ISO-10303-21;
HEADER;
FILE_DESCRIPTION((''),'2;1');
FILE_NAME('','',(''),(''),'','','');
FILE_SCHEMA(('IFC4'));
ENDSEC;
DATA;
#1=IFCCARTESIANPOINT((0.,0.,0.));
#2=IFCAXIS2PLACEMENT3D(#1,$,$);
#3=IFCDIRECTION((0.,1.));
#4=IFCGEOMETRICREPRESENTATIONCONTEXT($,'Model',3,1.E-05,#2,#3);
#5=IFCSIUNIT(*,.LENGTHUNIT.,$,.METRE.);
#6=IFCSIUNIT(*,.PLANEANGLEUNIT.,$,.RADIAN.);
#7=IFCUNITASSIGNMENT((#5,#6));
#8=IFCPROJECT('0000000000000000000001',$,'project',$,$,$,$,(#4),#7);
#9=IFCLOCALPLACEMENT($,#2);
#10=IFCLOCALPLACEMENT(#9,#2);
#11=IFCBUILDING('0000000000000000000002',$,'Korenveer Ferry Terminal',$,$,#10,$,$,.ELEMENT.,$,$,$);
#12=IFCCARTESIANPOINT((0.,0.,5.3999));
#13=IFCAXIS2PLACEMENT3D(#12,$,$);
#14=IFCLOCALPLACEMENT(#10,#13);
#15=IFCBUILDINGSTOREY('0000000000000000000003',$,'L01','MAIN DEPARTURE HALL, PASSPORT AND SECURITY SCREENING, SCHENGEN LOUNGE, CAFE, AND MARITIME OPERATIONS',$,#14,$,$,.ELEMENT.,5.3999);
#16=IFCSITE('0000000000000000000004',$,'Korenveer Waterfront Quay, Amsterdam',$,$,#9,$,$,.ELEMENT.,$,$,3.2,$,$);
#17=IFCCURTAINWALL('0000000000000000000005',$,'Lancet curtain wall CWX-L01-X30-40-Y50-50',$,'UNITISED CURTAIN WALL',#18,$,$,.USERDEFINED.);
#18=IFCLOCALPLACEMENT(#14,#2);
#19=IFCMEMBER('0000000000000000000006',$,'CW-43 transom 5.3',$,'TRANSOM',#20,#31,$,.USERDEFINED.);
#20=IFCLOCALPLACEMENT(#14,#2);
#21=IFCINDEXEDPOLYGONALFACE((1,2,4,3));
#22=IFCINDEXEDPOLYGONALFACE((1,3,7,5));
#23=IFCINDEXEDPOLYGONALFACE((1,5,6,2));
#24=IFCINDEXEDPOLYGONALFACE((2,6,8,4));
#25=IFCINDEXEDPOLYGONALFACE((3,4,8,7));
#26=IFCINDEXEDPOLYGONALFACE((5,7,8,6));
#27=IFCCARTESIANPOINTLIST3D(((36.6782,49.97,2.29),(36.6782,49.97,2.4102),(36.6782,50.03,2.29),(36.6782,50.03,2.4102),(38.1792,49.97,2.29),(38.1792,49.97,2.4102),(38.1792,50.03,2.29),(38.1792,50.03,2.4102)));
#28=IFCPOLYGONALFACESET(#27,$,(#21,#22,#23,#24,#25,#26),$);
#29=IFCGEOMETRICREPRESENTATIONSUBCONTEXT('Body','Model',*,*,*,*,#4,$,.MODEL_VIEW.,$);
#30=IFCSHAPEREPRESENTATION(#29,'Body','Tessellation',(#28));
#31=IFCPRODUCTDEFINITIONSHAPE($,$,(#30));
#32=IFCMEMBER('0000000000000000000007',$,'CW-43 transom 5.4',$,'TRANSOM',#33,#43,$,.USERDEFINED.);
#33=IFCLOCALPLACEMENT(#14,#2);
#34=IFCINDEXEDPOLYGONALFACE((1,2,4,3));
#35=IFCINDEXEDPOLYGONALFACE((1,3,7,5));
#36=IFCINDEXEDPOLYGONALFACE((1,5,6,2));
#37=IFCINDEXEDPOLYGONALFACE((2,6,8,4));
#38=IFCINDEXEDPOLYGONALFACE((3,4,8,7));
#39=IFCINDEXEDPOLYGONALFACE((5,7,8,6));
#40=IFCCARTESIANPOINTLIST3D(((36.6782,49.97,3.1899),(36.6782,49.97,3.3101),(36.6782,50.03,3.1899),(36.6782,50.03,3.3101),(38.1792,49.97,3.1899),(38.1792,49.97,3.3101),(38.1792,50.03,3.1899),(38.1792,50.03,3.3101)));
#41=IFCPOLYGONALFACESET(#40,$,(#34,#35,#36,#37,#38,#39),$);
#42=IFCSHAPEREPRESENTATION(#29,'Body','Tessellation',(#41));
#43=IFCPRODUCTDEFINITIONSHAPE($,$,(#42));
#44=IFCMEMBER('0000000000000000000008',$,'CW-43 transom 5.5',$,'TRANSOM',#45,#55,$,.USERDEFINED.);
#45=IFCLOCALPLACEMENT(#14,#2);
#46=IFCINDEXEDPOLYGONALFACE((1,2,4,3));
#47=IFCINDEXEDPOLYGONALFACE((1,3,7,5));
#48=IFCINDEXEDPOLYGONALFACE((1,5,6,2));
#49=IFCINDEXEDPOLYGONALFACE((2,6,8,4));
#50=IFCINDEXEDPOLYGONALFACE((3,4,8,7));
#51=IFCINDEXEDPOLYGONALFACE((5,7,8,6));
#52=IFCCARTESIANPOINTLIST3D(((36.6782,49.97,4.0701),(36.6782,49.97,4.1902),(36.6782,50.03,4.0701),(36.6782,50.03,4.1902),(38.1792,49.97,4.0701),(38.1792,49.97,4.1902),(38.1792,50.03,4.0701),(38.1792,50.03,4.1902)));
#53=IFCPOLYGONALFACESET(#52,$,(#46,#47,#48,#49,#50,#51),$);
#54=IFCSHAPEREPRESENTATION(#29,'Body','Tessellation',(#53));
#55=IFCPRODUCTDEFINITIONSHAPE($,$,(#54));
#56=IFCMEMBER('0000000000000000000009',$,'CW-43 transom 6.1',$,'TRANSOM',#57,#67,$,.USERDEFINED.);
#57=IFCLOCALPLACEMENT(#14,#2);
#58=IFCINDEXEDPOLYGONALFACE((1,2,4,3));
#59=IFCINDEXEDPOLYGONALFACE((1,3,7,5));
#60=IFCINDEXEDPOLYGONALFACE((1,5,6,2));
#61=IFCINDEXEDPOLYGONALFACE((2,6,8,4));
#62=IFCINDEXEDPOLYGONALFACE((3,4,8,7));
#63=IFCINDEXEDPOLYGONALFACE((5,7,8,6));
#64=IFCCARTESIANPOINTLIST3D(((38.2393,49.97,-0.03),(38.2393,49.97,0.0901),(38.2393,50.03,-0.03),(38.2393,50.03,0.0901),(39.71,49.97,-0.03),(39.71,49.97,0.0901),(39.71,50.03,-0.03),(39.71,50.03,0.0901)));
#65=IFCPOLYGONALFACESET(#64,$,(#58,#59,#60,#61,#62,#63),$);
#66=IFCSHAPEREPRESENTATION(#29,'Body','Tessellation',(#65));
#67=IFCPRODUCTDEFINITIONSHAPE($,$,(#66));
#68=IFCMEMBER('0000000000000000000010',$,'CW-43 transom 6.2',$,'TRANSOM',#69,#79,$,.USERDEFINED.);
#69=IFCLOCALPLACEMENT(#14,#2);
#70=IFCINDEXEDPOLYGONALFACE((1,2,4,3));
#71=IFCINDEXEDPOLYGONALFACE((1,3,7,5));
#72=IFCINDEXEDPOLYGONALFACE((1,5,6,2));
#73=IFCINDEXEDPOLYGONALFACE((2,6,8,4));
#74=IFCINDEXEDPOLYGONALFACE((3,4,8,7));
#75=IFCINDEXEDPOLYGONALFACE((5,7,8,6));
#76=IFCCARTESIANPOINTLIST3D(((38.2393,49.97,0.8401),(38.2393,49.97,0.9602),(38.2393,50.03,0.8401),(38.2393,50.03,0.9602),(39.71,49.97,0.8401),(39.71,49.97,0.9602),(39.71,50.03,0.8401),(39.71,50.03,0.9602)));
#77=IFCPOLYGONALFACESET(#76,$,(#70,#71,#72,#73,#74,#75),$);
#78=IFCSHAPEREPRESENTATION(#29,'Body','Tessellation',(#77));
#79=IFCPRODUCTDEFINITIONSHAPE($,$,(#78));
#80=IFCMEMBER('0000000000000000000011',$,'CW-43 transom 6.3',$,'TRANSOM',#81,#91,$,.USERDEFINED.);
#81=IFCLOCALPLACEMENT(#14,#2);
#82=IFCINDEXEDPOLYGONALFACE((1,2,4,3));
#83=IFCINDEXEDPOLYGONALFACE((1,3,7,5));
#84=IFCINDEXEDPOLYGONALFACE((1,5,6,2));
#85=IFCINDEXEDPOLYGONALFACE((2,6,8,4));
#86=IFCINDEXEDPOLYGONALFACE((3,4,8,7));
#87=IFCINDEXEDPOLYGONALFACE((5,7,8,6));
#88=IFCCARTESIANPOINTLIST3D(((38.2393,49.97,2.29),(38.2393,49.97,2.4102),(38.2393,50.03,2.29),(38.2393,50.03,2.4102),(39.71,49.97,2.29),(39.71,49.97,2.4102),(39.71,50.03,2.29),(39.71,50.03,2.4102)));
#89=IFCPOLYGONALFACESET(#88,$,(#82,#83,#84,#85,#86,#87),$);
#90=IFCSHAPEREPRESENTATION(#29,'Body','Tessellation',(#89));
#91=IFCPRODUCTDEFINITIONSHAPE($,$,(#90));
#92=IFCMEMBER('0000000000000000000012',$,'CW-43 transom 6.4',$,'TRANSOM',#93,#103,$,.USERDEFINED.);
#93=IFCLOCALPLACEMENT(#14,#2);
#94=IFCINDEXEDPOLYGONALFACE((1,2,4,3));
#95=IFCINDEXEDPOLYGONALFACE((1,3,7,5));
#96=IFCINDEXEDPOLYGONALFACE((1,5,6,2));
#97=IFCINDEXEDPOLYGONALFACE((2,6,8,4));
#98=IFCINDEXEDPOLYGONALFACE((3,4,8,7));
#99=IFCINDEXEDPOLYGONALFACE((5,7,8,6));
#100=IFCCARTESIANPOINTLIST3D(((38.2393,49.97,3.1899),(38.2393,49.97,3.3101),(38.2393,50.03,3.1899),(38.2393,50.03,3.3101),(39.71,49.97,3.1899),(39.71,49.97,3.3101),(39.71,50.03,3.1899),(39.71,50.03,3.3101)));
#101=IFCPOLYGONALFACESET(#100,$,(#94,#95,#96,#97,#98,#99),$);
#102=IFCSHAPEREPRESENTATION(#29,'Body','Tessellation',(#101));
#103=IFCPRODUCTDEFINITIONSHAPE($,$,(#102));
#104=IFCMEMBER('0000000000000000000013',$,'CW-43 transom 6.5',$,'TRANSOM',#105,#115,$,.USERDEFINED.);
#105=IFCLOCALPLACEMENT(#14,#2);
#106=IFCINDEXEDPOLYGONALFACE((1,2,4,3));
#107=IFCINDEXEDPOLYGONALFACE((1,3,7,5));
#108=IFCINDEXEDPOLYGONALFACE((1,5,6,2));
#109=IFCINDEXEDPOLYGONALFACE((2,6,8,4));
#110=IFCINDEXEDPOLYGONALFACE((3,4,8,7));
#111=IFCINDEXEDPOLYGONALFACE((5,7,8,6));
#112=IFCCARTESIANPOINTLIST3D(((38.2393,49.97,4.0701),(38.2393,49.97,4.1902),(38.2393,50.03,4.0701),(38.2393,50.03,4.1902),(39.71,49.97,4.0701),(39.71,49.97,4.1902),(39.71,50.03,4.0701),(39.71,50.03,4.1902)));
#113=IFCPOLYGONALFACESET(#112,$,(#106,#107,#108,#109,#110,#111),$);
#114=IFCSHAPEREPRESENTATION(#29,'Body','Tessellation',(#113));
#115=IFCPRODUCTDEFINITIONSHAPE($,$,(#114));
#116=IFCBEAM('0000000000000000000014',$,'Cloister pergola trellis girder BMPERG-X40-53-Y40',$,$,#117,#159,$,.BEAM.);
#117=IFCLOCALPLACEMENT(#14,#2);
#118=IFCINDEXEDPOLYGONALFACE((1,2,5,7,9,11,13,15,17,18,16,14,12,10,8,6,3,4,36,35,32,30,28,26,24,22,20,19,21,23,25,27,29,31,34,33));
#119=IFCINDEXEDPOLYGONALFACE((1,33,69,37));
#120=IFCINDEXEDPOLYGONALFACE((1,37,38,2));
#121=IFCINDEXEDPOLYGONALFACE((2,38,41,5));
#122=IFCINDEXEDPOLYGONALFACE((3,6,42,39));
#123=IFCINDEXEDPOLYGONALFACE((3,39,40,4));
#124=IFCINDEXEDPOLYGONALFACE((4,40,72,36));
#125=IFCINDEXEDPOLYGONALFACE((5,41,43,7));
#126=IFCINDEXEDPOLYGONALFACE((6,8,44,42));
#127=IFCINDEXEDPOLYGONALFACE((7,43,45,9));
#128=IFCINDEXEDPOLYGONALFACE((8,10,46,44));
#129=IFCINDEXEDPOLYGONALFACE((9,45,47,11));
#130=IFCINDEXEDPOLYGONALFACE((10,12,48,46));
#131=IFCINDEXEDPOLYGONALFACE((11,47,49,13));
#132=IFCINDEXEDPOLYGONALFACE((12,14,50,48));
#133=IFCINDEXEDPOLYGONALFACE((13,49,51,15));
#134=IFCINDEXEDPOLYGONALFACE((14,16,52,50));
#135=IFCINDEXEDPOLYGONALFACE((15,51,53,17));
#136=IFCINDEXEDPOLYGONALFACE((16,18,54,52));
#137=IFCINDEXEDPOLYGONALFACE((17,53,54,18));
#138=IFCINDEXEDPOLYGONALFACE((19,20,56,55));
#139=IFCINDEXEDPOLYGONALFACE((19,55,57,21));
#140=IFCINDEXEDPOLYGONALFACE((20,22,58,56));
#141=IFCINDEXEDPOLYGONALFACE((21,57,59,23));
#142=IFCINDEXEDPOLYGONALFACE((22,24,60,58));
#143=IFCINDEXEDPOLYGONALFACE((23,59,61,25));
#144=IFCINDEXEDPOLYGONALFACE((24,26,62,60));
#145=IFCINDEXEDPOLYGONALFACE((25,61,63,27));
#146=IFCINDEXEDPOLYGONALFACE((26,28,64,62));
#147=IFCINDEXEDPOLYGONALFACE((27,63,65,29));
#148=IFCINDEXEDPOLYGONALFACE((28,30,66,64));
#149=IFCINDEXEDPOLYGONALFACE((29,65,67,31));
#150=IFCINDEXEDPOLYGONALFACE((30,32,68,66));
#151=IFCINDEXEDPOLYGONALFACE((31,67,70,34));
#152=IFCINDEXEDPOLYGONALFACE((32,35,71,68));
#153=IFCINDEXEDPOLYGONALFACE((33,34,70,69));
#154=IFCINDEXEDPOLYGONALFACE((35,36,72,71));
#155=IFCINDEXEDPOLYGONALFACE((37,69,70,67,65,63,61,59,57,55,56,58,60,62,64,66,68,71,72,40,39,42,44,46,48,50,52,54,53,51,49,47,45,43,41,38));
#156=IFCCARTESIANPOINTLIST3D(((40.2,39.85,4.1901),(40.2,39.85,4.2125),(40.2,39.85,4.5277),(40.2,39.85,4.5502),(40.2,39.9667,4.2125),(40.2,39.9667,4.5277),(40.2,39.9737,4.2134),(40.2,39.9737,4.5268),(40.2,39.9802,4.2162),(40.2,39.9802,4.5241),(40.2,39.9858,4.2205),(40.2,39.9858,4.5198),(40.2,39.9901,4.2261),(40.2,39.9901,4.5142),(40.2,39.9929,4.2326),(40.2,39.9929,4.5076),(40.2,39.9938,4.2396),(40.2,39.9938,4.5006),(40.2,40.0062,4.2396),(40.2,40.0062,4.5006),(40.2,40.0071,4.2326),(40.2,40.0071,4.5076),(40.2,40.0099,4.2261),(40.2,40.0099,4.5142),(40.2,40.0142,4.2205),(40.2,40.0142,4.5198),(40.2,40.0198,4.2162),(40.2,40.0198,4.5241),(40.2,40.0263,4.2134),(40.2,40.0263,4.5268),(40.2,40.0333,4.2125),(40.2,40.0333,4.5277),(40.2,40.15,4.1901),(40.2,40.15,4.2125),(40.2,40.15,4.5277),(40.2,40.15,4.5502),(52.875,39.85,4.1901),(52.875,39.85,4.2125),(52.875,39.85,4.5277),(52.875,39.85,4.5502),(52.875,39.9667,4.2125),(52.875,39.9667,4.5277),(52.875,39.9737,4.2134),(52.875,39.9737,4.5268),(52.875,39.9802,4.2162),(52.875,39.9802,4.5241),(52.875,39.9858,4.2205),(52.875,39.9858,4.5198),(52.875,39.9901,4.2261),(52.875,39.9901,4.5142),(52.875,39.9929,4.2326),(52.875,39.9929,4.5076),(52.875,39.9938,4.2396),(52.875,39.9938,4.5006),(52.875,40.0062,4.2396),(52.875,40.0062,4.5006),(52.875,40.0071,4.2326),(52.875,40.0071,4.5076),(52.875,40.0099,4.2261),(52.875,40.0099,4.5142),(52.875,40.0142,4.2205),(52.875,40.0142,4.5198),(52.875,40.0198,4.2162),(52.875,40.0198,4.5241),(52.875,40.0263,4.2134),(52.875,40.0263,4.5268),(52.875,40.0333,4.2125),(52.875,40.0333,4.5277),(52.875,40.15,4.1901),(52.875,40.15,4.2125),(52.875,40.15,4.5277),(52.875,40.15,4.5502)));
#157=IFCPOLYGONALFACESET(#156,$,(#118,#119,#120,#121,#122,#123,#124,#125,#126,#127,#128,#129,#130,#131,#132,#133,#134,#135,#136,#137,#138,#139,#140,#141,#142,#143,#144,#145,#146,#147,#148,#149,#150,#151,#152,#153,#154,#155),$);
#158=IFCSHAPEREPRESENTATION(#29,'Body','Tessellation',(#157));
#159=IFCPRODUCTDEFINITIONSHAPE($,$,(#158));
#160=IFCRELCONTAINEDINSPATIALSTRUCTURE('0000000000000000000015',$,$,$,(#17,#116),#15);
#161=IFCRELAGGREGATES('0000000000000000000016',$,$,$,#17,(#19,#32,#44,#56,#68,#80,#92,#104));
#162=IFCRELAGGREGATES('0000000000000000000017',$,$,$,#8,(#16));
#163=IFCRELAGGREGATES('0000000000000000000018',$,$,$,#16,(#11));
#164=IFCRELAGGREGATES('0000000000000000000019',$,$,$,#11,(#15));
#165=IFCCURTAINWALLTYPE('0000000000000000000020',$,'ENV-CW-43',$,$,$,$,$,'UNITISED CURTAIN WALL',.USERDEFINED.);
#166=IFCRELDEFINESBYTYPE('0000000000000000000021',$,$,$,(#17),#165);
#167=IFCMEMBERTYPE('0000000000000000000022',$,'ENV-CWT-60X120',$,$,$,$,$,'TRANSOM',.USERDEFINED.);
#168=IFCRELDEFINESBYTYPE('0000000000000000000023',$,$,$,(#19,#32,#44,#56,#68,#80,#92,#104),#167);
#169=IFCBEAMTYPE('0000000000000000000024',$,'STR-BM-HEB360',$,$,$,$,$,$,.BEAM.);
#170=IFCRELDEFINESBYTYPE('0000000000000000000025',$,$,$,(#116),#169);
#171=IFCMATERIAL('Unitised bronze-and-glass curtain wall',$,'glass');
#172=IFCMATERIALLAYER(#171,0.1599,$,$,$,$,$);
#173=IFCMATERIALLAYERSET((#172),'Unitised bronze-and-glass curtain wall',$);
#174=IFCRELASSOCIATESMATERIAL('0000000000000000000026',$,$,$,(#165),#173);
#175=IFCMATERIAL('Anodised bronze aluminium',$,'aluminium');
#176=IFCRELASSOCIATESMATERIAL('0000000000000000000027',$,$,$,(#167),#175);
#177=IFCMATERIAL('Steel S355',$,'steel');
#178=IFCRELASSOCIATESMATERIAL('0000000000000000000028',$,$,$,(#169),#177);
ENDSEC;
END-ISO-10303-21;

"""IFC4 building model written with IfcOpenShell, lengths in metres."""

from ifc_helpers import new_model, si_unit, direction, frame, origin, origin_2d, place, context, subcontext, project, spatial, rectangle, i_section, extrude, material, layer, layer_set, material_profile, profile_set, type_object, element, aggregate, save


model = new_model("IFC4")

# Units and contexts
model_context = context("Model", 3, precision=1e-05, world=origin(), true_north=direction((0.0, 1.0)))
body_context = subcontext(model_context, "Body", "Model", "MODEL_VIEW")
ifc_project = project(units=[si_unit("LENGTHUNIT", "METRE"), si_unit("PLANEANGLEUNIT", "RADIAN")], contexts=[model_context])

# Site, building, storey
site_placement = place(None, origin())
site = spatial("IfcSite", under=ifc_project, at=site_placement, Name="Korenveer Waterfront Quay, Amsterdam", CompositionType="ELEMENT", RefElevation=3.2)
building_placement = place(site_placement, origin())
building = spatial("IfcBuilding", under=site, at=building_placement, Name="Korenveer Ferry Terminal", CompositionType="ELEMENT")
storey_placement = place(building_placement, frame((0.0, 0.0, 5.3999)))
storey = spatial("IfcBuildingStorey", under=building, at=storey_placement, Name="L01", Description="MAIN DEPARTURE HALL, PASSPORT AND SECURITY SCREENING, SCHENGEN LOUNGE, CAFE, AND MARITIME OPERATIONS", CompositionType="ELEMENT", Elevation=5.3999)

# Shared definitions
ifc_material_1 = material(Name="Steel S355", Category="steel")

# Curtain wall, members
ifc_material_2 = material(Name="Unitised bronze-and-glass curtain wall", Category="glass")
ifc_layer_1 = layer(ifc_material_2, 0.1599)
ifc_layer_set_1 = layer_set([ifc_layer_1], Name="Unitised bronze-and-glass curtain wall")
curtain_wall_type = type_object("IfcCurtainWallType", Name="ENV-CW-43", ElementType="UNITISED CURTAIN WALL", PredefinedType="USERDEFINED", material=ifc_layer_set_1)
curtain_wall_placement = place(storey_placement, frame((30.405, 50.0, 0.0)))
curtain_wall = element("IfcCurtainWall", 1, at=curtain_wall_placement, inside=storey, type_object=curtain_wall_type, Name="Lancet curtain wall CWX-L01-X30-40-Y50-50", ObjectType="UNITISED CURTAIN WALL", PredefinedType="USERDEFINED")
ifc_material_3 = material(Name="Anodised bronze aluminium", Category="aluminium")
ifc_material_profile_1 = material_profile(ifc_material_3, rectangle(XDim=0.0601, YDim=0.1201, at=origin_2d()), Name="ALU 60x120")
ifc_profile_set_1 = profile_set([ifc_material_profile_1], Name="Anodised bronze aluminium")
member_type_1 = type_object("IfcMemberType", Name="ENV-CWT-60X120", ElementType="TRANSOM", PredefinedType="USERDEFINED", material=ifc_profile_set_1)
member_1_placement = place(storey_placement, frame((36.6782, 50.0, 2.3501), z_axis=(1.0, 0.0, 0.0), x_axis=(0.0, 1.0, 0.0)))
member_1 = element("IfcMember", 2, at=member_1_placement, type_object=member_type_1, Name="CW-43 transom 5.3", ObjectType="TRANSOM", PredefinedType="USERDEFINED", context=body_context, shape_type="SweptSolid", body=[
    extrude(rectangle(XDim=0.0601, YDim=0.1201, at=origin_2d()), origin(), (0.0, 0.0, 1.0), 1.501),
])
member_2_placement = place(storey_placement, frame((36.6782, 50.0, 3.25), z_axis=(1.0, 0.0, 0.0), x_axis=(0.0, 1.0, 0.0)))
member_2 = element("IfcMember", 3, at=member_2_placement, type_object=member_type_1, Name="CW-43 transom 5.4", ObjectType="TRANSOM", PredefinedType="USERDEFINED", context=body_context, shape_type="SweptSolid", body=[
    extrude(rectangle(XDim=0.0601, YDim=0.1201, at=origin_2d()), origin(), (0.0, 0.0, 1.0), 1.501),
])
member_3_placement = place(storey_placement, frame((36.6782, 50.0, 4.1301), z_axis=(1.0, 0.0, 0.0), x_axis=(0.0, 1.0, 0.0)))
member_3 = element("IfcMember", 4, at=member_3_placement, type_object=member_type_1, Name="CW-43 transom 5.5", ObjectType="TRANSOM", PredefinedType="USERDEFINED", context=body_context, shape_type="SweptSolid", body=[
    extrude(rectangle(XDim=0.0601, YDim=0.1201, at=origin_2d()), origin(), (0.0, 0.0, 1.0), 1.501),
])
member_4_placement = place(storey_placement, frame((38.2393, 50.0, 0.03), z_axis=(1.0, 0.0, 0.0), x_axis=(0.0, 1.0, 0.0)))
member_4 = element("IfcMember", 5, at=member_4_placement, type_object=member_type_1, Name="CW-43 transom 6.1", ObjectType="TRANSOM", PredefinedType="USERDEFINED", context=body_context, shape_type="SweptSolid", body=[
    extrude(rectangle(XDim=0.0601, YDim=0.1201, at=origin_2d()), origin(), (0.0, 0.0, 1.0), 1.4707),
])
member_5_placement = place(storey_placement, frame((38.2393, 50.0, 0.9001), z_axis=(1.0, 0.0, 0.0), x_axis=(0.0, 1.0, 0.0)))
member_5 = element("IfcMember", 6, at=member_5_placement, type_object=member_type_1, Name="CW-43 transom 6.2", ObjectType="TRANSOM", PredefinedType="USERDEFINED", context=body_context, shape_type="SweptSolid", body=[
    extrude(rectangle(XDim=0.0601, YDim=0.1201, at=origin_2d()), origin(), (0.0, 0.0, 1.0), 1.4707),
])
member_6_placement = place(storey_placement, frame((38.2393, 50.0, 2.3501), z_axis=(1.0, 0.0, 0.0), x_axis=(0.0, 1.0, 0.0)))
member_6 = element("IfcMember", 7, at=member_6_placement, type_object=member_type_1, Name="CW-43 transom 6.3", ObjectType="TRANSOM", PredefinedType="USERDEFINED", context=body_context, shape_type="SweptSolid", body=[
    extrude(rectangle(XDim=0.0601, YDim=0.1201, at=origin_2d()), origin(), (0.0, 0.0, 1.0), 1.4707),
])
member_7_placement = place(storey_placement, frame((38.2393, 50.0, 3.25), z_axis=(1.0, 0.0, 0.0), x_axis=(0.0, 1.0, 0.0)))
member_7 = element("IfcMember", 8, at=member_7_placement, type_object=member_type_1, Name="CW-43 transom 6.4", ObjectType="TRANSOM", PredefinedType="USERDEFINED", context=body_context, shape_type="SweptSolid", body=[
    extrude(rectangle(XDim=0.0601, YDim=0.1201, at=origin_2d()), origin(), (0.0, 0.0, 1.0), 1.4707),
])
member_8_placement = place(storey_placement, frame((38.2393, 50.0, 4.1301), z_axis=(1.0, 0.0, 0.0), x_axis=(0.0, 1.0, 0.0)))
member_8 = element("IfcMember", 9, at=member_8_placement, type_object=member_type_1, Name="CW-43 transom 6.5", ObjectType="TRANSOM", PredefinedType="USERDEFINED", context=body_context, shape_type="SweptSolid", body=[
    extrude(rectangle(XDim=0.0601, YDim=0.1201, at=origin_2d()), origin(), (0.0, 0.0, 1.0), 1.4707),
])

# Beam
ifc_material_profile_2 = material_profile(ifc_material_1, i_section(OverallWidth=0.3, OverallDepth=0.3601, WebThickness=0.0125, FlangeThickness=0.0225, FilletRadius=0.0271, at=origin_2d()), Name="HEB 360")
ifc_profile_set_2 = profile_set([ifc_material_profile_2], Name="Steel S355")
beam_type = type_object("IfcBeamType", Name="STR-BM-HEB360", PredefinedType="BEAM", material=ifc_profile_set_2)
beam_1_placement = place(storey_placement, frame((40.2, 40.0, 4.3701), z_axis=(1.0, 0.0, 0.0), x_axis=(0.0, 1.0, 0.0)))
element("IfcBeam", 10, at=beam_1_placement, inside=storey, type_object=beam_type, Name="Cloister pergola trellis girder BMPERG-X40-53-Y40", PredefinedType="BEAM", context=body_context, shape_type="SweptSolid", body=[
    extrude(i_section(OverallWidth=0.3, OverallDepth=0.3601, WebThickness=0.0125, FlangeThickness=0.0225, FilletRadius=0.0271, at=origin_2d()), origin(), (0.0, 0.0, 1.0), 12.675),
])

aggregate(curtain_wall, [member_1, member_2, member_3, member_4, member_5, member_6, member_7, member_8])

save(model, "model.ifc")
